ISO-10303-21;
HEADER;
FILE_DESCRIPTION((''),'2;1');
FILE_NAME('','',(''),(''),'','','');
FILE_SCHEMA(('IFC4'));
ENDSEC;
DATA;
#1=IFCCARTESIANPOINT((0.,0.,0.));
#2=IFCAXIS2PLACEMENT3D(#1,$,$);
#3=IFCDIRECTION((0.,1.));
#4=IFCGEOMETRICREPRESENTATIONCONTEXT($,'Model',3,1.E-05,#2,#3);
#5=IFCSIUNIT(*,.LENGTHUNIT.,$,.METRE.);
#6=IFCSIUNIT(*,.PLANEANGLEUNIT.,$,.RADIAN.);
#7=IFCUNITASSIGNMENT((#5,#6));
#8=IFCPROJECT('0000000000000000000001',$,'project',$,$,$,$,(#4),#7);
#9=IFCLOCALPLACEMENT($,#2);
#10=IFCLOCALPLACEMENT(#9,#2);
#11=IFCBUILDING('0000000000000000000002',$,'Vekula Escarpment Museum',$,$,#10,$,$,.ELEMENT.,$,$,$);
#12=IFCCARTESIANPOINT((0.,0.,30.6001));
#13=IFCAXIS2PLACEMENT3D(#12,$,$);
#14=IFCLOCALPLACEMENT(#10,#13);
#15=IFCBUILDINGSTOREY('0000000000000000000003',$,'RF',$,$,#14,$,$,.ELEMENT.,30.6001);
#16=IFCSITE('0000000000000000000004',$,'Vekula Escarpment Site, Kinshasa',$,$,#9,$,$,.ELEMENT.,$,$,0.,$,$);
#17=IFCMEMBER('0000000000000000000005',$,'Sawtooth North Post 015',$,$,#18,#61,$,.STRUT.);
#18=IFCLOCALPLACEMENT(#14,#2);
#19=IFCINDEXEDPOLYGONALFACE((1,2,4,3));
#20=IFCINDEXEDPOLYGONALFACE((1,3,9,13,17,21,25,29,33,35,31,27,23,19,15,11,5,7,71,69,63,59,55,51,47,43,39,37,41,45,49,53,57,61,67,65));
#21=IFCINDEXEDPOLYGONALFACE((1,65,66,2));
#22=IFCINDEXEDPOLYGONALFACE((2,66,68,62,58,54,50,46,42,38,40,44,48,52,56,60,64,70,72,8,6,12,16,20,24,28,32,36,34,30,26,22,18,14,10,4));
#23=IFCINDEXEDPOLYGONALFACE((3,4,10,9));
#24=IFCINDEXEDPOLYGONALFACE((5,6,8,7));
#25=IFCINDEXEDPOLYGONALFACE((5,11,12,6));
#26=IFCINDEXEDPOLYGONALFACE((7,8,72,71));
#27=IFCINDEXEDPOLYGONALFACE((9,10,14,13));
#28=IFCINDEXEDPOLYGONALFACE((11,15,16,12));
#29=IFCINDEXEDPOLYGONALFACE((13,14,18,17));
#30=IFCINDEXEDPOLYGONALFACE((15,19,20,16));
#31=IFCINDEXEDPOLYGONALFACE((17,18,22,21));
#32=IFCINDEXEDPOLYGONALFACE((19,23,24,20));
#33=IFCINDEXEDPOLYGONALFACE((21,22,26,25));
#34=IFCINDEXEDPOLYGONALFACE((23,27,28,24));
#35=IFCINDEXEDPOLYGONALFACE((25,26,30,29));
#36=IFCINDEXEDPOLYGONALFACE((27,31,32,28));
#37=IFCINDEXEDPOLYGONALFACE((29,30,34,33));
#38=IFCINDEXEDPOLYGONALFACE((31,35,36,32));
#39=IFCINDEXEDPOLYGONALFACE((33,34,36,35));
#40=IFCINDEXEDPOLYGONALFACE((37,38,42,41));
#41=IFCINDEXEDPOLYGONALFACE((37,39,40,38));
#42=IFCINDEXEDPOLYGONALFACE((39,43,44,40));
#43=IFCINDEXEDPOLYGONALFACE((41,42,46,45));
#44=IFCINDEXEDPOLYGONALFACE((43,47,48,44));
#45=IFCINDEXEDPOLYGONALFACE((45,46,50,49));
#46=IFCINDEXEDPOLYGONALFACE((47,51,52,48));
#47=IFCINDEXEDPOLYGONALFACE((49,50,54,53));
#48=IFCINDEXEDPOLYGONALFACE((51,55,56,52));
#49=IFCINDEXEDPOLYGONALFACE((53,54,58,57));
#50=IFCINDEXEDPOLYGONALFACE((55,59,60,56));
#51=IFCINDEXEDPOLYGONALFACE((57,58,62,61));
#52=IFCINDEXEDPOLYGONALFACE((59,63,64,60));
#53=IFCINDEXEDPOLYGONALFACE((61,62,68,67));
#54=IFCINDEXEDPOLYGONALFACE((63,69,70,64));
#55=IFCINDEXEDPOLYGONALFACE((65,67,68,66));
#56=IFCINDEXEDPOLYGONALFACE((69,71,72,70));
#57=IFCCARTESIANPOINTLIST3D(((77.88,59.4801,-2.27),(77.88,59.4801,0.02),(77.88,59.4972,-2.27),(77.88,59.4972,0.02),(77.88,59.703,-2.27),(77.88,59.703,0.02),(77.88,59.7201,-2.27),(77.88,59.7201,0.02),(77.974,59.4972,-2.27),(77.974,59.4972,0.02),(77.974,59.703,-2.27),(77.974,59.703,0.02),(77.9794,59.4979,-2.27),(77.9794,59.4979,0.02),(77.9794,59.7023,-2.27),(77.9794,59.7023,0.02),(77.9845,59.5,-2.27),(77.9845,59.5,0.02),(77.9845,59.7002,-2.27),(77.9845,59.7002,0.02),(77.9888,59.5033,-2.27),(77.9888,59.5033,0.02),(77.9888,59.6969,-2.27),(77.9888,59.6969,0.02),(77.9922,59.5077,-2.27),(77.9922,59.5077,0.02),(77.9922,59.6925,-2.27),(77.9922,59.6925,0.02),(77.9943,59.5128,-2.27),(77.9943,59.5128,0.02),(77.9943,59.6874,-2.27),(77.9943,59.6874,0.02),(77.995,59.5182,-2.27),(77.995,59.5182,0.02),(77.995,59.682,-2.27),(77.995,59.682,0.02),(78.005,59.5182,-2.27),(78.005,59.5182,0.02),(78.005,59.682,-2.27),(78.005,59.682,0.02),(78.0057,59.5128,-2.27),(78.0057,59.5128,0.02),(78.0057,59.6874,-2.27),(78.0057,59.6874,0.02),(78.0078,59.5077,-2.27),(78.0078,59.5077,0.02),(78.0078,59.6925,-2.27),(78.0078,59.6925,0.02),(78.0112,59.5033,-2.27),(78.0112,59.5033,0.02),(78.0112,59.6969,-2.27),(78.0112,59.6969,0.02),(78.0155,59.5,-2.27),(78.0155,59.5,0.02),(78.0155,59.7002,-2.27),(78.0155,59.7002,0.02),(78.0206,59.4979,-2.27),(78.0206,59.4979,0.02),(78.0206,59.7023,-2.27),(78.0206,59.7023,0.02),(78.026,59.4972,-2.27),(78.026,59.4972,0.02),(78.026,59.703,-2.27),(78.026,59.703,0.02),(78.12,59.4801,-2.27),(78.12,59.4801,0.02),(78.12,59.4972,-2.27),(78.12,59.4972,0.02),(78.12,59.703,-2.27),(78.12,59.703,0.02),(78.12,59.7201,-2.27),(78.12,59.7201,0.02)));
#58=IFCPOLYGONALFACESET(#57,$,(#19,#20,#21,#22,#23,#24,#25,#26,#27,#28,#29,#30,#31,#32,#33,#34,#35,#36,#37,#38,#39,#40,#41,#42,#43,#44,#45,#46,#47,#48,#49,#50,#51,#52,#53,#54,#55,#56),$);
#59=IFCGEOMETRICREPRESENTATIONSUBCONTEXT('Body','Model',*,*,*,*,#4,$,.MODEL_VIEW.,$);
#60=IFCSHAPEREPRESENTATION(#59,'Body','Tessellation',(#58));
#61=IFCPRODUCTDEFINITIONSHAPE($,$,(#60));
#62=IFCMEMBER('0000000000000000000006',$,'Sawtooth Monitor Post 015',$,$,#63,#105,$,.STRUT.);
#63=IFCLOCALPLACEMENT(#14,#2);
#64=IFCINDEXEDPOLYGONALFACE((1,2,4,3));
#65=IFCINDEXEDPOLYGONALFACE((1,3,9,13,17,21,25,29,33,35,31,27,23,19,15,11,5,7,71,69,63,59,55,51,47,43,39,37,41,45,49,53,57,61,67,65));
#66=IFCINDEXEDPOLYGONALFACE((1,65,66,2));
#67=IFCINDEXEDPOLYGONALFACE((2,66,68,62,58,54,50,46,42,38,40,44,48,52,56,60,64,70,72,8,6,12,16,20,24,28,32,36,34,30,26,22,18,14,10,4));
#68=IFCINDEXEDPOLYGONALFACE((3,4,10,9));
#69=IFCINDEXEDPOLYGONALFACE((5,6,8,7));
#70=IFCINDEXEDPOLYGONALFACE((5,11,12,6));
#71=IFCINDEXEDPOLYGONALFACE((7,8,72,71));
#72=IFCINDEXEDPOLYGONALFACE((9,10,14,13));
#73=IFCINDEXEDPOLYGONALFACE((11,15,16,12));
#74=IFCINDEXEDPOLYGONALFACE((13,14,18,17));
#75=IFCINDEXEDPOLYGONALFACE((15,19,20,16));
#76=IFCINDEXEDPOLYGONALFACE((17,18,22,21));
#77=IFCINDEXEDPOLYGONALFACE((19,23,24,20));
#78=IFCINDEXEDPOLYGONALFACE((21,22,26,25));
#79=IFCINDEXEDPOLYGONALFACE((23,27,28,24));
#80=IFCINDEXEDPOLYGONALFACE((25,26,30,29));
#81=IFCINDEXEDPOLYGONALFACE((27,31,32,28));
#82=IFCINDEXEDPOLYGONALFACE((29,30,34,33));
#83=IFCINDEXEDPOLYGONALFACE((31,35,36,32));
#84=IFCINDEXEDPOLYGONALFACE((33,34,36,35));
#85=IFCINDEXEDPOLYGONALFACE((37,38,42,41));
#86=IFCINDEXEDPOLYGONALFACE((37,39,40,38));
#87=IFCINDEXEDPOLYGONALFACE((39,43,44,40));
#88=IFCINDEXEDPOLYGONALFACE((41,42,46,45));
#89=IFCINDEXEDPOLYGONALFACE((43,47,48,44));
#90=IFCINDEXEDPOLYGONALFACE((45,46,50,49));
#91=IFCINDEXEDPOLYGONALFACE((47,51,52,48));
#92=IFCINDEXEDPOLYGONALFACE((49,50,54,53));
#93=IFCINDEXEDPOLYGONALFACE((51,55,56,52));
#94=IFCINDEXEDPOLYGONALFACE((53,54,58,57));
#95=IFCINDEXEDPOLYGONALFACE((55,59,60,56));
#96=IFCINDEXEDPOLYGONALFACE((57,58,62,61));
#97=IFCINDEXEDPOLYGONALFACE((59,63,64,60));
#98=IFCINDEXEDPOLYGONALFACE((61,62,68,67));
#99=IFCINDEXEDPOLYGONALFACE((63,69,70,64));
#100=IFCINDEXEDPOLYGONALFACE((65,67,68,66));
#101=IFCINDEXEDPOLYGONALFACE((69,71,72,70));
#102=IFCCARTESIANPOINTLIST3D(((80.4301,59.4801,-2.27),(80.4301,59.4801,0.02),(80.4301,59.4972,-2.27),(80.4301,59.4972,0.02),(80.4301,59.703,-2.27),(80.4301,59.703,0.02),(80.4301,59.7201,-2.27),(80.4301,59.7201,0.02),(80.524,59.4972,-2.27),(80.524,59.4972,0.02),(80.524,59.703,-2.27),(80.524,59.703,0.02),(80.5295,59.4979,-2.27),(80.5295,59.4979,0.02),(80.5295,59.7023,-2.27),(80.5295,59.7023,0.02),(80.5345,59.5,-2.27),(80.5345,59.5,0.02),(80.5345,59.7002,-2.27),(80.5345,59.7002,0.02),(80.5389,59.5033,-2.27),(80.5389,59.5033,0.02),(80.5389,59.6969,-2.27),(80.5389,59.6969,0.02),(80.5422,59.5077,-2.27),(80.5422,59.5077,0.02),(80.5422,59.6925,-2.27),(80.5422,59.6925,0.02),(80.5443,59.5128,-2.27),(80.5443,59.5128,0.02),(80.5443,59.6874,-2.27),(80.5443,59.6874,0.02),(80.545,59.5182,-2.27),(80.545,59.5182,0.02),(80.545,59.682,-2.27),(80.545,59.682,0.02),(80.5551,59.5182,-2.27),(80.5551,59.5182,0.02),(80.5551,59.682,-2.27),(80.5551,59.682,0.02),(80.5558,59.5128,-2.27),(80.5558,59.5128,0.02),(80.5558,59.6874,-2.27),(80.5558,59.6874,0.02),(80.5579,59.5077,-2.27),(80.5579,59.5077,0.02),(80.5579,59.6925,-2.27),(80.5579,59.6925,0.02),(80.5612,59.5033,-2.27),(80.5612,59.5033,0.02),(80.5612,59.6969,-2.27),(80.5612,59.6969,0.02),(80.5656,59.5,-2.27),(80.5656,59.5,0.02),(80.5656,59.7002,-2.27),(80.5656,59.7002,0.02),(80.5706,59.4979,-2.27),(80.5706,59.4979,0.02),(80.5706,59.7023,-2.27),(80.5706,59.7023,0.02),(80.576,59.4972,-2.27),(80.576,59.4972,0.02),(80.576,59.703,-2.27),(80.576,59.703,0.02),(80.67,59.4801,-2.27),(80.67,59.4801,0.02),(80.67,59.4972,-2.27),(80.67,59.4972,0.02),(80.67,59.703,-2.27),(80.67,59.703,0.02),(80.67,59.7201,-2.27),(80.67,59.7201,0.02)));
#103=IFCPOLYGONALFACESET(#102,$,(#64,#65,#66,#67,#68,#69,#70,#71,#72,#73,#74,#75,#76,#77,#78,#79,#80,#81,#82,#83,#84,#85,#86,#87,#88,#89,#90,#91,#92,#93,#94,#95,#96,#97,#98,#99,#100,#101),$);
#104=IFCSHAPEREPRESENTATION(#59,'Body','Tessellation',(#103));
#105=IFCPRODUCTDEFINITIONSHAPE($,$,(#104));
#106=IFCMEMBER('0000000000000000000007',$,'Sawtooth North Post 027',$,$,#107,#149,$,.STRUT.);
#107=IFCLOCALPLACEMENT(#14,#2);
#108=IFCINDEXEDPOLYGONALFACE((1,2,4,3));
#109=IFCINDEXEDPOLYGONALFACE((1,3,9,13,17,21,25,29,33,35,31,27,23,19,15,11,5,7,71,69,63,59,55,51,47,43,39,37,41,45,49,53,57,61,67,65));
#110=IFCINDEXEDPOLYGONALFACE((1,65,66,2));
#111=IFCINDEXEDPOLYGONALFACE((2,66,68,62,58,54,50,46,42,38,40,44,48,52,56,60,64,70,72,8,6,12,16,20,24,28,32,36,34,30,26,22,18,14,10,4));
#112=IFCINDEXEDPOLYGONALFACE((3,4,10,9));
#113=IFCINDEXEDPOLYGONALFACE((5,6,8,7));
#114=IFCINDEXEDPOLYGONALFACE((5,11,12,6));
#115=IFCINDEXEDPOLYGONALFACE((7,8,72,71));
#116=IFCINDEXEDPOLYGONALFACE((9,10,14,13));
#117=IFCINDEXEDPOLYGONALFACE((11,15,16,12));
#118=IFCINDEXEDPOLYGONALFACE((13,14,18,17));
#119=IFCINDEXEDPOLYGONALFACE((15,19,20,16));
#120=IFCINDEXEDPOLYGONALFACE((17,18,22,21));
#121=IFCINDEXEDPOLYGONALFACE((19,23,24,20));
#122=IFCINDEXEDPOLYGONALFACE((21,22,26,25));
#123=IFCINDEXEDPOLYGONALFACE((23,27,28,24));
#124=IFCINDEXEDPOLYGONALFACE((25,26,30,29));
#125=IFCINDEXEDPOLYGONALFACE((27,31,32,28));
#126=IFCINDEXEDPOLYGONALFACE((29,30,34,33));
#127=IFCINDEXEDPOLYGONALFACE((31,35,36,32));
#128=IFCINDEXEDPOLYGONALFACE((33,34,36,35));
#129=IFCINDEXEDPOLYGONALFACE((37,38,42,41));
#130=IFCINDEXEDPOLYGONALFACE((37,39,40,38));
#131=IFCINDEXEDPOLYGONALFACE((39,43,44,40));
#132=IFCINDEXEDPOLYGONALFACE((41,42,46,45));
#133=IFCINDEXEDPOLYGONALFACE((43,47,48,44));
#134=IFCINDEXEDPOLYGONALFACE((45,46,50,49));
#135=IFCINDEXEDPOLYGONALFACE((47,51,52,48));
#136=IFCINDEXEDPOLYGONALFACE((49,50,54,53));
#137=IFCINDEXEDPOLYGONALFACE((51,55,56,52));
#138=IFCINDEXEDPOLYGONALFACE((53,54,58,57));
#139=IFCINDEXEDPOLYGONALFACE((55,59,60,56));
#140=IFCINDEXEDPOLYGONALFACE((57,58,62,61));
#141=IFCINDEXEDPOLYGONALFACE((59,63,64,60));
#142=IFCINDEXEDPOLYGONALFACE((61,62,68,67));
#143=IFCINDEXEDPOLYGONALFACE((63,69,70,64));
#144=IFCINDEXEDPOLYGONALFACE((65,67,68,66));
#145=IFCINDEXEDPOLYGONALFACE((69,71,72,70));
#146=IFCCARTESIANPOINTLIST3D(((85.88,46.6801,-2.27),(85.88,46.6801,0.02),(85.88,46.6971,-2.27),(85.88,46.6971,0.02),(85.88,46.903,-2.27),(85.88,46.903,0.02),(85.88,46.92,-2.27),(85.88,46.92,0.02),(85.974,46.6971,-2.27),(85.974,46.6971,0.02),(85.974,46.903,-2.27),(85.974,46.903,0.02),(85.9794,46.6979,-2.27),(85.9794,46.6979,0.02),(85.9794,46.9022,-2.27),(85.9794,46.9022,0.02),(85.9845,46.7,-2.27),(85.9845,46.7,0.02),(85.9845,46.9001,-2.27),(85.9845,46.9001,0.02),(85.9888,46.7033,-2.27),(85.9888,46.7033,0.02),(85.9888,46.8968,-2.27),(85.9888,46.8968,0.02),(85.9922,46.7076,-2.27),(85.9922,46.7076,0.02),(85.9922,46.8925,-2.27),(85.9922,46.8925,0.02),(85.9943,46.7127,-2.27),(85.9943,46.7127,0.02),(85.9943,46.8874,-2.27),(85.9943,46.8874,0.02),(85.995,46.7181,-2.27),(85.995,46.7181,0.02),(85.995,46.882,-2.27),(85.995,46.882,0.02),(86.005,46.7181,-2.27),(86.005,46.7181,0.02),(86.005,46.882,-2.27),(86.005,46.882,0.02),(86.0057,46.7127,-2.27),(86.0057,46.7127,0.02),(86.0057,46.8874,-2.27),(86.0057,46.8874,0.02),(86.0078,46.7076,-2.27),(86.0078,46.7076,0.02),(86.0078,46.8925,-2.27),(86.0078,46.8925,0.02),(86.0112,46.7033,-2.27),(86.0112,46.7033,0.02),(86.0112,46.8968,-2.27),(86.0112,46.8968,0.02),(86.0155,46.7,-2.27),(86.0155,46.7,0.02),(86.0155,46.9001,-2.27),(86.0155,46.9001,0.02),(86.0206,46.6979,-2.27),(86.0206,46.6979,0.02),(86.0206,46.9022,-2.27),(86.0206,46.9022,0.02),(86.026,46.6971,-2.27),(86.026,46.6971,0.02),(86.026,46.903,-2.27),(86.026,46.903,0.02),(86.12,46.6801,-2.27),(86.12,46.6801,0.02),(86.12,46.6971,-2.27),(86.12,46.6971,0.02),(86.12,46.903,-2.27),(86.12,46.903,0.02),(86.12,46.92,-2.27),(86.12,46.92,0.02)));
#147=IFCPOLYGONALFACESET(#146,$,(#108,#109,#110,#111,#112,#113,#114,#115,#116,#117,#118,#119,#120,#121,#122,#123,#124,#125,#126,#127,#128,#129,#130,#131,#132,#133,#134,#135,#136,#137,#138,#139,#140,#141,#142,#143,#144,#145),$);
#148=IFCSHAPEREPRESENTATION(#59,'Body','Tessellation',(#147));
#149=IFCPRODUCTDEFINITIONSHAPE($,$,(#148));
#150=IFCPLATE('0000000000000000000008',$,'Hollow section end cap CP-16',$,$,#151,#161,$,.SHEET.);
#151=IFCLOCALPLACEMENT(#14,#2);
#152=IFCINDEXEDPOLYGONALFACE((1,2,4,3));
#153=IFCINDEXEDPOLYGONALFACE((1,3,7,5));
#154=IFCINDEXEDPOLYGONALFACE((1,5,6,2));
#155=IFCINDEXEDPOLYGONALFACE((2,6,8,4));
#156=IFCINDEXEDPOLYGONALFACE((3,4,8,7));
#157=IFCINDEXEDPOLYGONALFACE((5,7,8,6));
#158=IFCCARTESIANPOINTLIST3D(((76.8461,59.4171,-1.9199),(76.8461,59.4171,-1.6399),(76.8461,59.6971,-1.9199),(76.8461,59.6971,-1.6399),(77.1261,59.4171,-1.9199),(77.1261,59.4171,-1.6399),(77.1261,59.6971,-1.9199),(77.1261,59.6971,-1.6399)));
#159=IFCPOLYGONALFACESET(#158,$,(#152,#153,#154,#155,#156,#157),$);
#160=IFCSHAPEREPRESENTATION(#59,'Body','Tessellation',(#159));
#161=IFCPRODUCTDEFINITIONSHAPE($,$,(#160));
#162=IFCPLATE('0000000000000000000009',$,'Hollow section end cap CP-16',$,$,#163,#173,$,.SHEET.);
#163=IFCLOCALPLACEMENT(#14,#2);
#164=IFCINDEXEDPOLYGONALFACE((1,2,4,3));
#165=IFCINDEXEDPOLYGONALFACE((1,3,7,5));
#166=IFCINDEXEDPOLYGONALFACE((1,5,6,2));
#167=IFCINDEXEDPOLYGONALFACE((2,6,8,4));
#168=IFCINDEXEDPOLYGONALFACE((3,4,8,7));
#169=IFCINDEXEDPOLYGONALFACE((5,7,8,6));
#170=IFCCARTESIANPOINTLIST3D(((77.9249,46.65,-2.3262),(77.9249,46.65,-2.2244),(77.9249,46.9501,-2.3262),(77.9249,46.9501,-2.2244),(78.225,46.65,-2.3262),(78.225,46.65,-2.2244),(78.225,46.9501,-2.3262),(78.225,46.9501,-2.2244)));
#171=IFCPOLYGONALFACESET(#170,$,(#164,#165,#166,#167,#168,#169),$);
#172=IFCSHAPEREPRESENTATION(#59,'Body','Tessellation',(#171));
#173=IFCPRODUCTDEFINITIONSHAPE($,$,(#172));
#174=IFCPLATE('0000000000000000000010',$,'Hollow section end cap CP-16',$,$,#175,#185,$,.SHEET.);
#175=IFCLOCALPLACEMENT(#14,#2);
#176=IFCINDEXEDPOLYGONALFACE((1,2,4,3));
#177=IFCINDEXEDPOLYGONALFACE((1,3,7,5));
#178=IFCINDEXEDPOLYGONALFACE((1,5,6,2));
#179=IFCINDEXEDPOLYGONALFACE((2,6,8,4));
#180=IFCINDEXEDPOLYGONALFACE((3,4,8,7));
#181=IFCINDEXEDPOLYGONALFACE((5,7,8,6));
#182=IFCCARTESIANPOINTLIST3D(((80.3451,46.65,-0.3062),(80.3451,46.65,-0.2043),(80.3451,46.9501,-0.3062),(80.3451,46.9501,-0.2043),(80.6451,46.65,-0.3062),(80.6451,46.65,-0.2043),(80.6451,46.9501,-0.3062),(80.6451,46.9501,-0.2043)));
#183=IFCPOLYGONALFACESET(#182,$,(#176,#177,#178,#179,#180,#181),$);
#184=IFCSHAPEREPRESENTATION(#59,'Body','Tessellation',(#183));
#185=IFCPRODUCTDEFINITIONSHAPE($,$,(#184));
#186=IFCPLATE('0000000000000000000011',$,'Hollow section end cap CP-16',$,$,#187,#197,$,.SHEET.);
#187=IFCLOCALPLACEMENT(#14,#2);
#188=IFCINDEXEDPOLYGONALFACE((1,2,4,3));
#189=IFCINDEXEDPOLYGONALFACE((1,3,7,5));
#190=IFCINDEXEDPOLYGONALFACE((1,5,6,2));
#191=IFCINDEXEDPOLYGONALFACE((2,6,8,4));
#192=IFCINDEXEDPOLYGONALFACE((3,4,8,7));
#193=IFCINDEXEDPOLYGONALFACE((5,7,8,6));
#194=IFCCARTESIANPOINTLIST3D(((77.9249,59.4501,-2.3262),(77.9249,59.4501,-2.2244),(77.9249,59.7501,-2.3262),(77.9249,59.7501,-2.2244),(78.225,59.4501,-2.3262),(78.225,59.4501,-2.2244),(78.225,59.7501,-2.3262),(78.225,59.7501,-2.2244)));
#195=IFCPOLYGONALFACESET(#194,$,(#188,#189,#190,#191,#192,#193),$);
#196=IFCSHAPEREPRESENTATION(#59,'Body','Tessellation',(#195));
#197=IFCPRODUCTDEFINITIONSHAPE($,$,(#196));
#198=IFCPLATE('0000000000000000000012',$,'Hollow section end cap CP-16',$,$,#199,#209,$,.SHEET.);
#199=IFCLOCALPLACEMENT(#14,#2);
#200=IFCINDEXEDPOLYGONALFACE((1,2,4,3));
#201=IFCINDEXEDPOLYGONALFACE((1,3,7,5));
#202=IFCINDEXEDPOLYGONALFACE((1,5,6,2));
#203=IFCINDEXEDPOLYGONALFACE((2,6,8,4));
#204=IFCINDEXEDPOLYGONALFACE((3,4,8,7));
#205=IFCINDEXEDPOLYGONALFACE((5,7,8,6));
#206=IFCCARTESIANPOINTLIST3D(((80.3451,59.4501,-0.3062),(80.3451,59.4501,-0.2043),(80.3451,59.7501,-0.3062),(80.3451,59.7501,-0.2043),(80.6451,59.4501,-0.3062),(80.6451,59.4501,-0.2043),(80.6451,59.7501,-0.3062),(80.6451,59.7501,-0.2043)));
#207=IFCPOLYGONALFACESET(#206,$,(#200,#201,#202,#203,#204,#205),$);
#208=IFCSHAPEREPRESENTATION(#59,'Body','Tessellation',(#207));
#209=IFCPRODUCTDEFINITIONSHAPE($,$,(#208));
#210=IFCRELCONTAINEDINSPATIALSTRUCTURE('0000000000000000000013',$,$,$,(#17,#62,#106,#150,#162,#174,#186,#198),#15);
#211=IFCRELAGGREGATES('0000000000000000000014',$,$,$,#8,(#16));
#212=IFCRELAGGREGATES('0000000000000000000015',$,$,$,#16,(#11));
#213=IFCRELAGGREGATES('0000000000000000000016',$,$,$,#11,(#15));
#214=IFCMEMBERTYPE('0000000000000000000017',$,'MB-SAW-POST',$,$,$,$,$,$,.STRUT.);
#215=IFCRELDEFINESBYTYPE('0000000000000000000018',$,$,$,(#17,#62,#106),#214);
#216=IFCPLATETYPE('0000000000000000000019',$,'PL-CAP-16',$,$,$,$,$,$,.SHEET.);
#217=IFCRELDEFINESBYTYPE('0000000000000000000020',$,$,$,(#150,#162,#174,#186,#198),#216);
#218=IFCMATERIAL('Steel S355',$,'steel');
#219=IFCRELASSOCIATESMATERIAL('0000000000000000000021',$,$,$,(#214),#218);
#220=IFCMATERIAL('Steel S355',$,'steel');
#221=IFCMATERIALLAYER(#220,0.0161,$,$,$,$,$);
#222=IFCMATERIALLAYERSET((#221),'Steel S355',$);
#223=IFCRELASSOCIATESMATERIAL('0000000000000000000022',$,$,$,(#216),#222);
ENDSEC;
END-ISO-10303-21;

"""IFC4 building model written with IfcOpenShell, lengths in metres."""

from ifc_helpers import new_model, si_unit, direction, frame, origin, origin_2d, place, context, subcontext, project, spatial, rectangle, i_section, extrude, material, layer, layer_set, material_profile, profile_set, type_object, element, save


model = new_model("IFC4")

# Units and contexts
model_context = context("Model", 3, precision=1e-05, world=origin(), true_north=direction((0.0, 1.0)))
body_context = subcontext(model_context, "Body", "Model", "MODEL_VIEW")
ifc_project = project(units=[si_unit("LENGTHUNIT", "METRE"), si_unit("PLANEANGLEUNIT", "RADIAN")], contexts=[model_context])

# Site, building, storey
site_placement = place(None, origin())
site = spatial("IfcSite", under=ifc_project, at=site_placement, Name="Vekula Escarpment Site, Kinshasa", CompositionType="ELEMENT", RefElevation=0.0)
building_placement = place(site_placement, origin())
building = spatial("IfcBuilding", under=site, at=building_placement, Name="Vekula Escarpment Museum", CompositionType="ELEMENT")
storey_placement = place(building_placement, frame((0.0, 0.0, 30.6001)))
storey = spatial("IfcBuildingStorey", under=building, at=storey_placement, Name="RF", CompositionType="ELEMENT", Elevation=30.6001)

# Members
ifc_material_1 = material(Name="Steel S355", Category="steel")
ifc_material_profile_1 = material_profile(ifc_material_1, i_section(OverallWidth=0.24, OverallDepth=0.24, WebThickness=0.01, FlangeThickness=0.0171, FilletRadius=0.021, at=origin_2d()), Name="HEB 240")
ifc_profile_set_1 = profile_set([ifc_material_profile_1], Name="Steel S355")
member_type_1 = type_object("IfcMemberType", Name="MB-SAW-POST", PredefinedType="STRUT", material=ifc_profile_set_1)
for number, where, z_axis, x_axis, name in (
    (1, (78.0, 59.6001, -2.27), (0.0, 0.0, 1.0), (1.0, 0.0, 0.0), "Sawtooth North Post 015"),
    (2, (80.55, 59.6001, -2.27), (0.0, 0.0, 1.0), (1.0, 0.0, 0.0), "Sawtooth Monitor Post 015"),
    (3, (86.0, 46.8, -2.27), (0.0, 0.0, 1.0), (1.0, 0.0, 0.0), "Sawtooth North Post 027"),
):
    element("IfcMember", number, at=place(storey_placement, frame(where, z_axis=z_axis, x_axis=x_axis)), inside=storey, type_object=member_type_1, Name=name, PredefinedType="STRUT", context=body_context, shape_type="SweptSolid", body=[
        extrude(i_section(OverallWidth=0.24, OverallDepth=0.24, WebThickness=0.01, FlangeThickness=0.0171, FilletRadius=0.021, at=origin_2d()), origin(), (0.0, 0.0, 1.0), 2.29),
    ])

# Plates
ifc_material_2 = material(Name="Steel S355", Category="steel")
ifc_layer_1 = layer(ifc_material_2, 0.0161)
ifc_layer_set_1 = layer_set([ifc_layer_1], Name="Steel S355")
plate_type = type_object("IfcPlateType", Name="PL-CAP-16", PredefinedType="SHEET", material=ifc_layer_set_1)
plate_1_placement = place(storey_placement, frame((76.9861, 59.5571, -1.9199), z_axis=(0.0, 0.0, 1.0), x_axis=(1.0, 0.0, 0.0)))
element("IfcPlate", 4, at=plate_1_placement, inside=storey, type_object=plate_type, Name="Hollow section end cap CP-16", PredefinedType="SHEET", context=body_context, shape_type="SweptSolid", body=[
    extrude(rectangle(XDim=0.28, YDim=0.28, at=origin_2d()), origin(), (0.0, 0.0, 1.0), 0.28),
])
for number, where, z_axis, x_axis, name in (
    (5, (78.075, 46.8, -2.3262), (0.0, 0.0, 1.0), (1.0, 0.0, 0.0), "Hollow section end cap CP-16"),
    (6, (80.4951, 46.8, -0.3062), (0.0, 0.0, 1.0), (1.0, 0.0, 0.0), "Hollow section end cap CP-16"),
    (7, (78.075, 59.6001, -2.3262), (0.0, 0.0, 1.0), (1.0, 0.0, 0.0), "Hollow section end cap CP-16"),
    (8, (80.4951, 59.6001, -0.3062), (0.0, 0.0, 1.0), (1.0, 0.0, 0.0), "Hollow section end cap CP-16"),
):
    element("IfcPlate", number, at=place(storey_placement, frame(where, z_axis=z_axis, x_axis=x_axis)), inside=storey, type_object=plate_type, Name=name, PredefinedType="SHEET", context=body_context, shape_type="SweptSolid", body=[
        extrude(rectangle(XDim=0.3, YDim=0.3, at=origin_2d()), origin(), (0.0, 0.0, 1.0), 0.1018),
    ])

save(model, "model.ifc")
